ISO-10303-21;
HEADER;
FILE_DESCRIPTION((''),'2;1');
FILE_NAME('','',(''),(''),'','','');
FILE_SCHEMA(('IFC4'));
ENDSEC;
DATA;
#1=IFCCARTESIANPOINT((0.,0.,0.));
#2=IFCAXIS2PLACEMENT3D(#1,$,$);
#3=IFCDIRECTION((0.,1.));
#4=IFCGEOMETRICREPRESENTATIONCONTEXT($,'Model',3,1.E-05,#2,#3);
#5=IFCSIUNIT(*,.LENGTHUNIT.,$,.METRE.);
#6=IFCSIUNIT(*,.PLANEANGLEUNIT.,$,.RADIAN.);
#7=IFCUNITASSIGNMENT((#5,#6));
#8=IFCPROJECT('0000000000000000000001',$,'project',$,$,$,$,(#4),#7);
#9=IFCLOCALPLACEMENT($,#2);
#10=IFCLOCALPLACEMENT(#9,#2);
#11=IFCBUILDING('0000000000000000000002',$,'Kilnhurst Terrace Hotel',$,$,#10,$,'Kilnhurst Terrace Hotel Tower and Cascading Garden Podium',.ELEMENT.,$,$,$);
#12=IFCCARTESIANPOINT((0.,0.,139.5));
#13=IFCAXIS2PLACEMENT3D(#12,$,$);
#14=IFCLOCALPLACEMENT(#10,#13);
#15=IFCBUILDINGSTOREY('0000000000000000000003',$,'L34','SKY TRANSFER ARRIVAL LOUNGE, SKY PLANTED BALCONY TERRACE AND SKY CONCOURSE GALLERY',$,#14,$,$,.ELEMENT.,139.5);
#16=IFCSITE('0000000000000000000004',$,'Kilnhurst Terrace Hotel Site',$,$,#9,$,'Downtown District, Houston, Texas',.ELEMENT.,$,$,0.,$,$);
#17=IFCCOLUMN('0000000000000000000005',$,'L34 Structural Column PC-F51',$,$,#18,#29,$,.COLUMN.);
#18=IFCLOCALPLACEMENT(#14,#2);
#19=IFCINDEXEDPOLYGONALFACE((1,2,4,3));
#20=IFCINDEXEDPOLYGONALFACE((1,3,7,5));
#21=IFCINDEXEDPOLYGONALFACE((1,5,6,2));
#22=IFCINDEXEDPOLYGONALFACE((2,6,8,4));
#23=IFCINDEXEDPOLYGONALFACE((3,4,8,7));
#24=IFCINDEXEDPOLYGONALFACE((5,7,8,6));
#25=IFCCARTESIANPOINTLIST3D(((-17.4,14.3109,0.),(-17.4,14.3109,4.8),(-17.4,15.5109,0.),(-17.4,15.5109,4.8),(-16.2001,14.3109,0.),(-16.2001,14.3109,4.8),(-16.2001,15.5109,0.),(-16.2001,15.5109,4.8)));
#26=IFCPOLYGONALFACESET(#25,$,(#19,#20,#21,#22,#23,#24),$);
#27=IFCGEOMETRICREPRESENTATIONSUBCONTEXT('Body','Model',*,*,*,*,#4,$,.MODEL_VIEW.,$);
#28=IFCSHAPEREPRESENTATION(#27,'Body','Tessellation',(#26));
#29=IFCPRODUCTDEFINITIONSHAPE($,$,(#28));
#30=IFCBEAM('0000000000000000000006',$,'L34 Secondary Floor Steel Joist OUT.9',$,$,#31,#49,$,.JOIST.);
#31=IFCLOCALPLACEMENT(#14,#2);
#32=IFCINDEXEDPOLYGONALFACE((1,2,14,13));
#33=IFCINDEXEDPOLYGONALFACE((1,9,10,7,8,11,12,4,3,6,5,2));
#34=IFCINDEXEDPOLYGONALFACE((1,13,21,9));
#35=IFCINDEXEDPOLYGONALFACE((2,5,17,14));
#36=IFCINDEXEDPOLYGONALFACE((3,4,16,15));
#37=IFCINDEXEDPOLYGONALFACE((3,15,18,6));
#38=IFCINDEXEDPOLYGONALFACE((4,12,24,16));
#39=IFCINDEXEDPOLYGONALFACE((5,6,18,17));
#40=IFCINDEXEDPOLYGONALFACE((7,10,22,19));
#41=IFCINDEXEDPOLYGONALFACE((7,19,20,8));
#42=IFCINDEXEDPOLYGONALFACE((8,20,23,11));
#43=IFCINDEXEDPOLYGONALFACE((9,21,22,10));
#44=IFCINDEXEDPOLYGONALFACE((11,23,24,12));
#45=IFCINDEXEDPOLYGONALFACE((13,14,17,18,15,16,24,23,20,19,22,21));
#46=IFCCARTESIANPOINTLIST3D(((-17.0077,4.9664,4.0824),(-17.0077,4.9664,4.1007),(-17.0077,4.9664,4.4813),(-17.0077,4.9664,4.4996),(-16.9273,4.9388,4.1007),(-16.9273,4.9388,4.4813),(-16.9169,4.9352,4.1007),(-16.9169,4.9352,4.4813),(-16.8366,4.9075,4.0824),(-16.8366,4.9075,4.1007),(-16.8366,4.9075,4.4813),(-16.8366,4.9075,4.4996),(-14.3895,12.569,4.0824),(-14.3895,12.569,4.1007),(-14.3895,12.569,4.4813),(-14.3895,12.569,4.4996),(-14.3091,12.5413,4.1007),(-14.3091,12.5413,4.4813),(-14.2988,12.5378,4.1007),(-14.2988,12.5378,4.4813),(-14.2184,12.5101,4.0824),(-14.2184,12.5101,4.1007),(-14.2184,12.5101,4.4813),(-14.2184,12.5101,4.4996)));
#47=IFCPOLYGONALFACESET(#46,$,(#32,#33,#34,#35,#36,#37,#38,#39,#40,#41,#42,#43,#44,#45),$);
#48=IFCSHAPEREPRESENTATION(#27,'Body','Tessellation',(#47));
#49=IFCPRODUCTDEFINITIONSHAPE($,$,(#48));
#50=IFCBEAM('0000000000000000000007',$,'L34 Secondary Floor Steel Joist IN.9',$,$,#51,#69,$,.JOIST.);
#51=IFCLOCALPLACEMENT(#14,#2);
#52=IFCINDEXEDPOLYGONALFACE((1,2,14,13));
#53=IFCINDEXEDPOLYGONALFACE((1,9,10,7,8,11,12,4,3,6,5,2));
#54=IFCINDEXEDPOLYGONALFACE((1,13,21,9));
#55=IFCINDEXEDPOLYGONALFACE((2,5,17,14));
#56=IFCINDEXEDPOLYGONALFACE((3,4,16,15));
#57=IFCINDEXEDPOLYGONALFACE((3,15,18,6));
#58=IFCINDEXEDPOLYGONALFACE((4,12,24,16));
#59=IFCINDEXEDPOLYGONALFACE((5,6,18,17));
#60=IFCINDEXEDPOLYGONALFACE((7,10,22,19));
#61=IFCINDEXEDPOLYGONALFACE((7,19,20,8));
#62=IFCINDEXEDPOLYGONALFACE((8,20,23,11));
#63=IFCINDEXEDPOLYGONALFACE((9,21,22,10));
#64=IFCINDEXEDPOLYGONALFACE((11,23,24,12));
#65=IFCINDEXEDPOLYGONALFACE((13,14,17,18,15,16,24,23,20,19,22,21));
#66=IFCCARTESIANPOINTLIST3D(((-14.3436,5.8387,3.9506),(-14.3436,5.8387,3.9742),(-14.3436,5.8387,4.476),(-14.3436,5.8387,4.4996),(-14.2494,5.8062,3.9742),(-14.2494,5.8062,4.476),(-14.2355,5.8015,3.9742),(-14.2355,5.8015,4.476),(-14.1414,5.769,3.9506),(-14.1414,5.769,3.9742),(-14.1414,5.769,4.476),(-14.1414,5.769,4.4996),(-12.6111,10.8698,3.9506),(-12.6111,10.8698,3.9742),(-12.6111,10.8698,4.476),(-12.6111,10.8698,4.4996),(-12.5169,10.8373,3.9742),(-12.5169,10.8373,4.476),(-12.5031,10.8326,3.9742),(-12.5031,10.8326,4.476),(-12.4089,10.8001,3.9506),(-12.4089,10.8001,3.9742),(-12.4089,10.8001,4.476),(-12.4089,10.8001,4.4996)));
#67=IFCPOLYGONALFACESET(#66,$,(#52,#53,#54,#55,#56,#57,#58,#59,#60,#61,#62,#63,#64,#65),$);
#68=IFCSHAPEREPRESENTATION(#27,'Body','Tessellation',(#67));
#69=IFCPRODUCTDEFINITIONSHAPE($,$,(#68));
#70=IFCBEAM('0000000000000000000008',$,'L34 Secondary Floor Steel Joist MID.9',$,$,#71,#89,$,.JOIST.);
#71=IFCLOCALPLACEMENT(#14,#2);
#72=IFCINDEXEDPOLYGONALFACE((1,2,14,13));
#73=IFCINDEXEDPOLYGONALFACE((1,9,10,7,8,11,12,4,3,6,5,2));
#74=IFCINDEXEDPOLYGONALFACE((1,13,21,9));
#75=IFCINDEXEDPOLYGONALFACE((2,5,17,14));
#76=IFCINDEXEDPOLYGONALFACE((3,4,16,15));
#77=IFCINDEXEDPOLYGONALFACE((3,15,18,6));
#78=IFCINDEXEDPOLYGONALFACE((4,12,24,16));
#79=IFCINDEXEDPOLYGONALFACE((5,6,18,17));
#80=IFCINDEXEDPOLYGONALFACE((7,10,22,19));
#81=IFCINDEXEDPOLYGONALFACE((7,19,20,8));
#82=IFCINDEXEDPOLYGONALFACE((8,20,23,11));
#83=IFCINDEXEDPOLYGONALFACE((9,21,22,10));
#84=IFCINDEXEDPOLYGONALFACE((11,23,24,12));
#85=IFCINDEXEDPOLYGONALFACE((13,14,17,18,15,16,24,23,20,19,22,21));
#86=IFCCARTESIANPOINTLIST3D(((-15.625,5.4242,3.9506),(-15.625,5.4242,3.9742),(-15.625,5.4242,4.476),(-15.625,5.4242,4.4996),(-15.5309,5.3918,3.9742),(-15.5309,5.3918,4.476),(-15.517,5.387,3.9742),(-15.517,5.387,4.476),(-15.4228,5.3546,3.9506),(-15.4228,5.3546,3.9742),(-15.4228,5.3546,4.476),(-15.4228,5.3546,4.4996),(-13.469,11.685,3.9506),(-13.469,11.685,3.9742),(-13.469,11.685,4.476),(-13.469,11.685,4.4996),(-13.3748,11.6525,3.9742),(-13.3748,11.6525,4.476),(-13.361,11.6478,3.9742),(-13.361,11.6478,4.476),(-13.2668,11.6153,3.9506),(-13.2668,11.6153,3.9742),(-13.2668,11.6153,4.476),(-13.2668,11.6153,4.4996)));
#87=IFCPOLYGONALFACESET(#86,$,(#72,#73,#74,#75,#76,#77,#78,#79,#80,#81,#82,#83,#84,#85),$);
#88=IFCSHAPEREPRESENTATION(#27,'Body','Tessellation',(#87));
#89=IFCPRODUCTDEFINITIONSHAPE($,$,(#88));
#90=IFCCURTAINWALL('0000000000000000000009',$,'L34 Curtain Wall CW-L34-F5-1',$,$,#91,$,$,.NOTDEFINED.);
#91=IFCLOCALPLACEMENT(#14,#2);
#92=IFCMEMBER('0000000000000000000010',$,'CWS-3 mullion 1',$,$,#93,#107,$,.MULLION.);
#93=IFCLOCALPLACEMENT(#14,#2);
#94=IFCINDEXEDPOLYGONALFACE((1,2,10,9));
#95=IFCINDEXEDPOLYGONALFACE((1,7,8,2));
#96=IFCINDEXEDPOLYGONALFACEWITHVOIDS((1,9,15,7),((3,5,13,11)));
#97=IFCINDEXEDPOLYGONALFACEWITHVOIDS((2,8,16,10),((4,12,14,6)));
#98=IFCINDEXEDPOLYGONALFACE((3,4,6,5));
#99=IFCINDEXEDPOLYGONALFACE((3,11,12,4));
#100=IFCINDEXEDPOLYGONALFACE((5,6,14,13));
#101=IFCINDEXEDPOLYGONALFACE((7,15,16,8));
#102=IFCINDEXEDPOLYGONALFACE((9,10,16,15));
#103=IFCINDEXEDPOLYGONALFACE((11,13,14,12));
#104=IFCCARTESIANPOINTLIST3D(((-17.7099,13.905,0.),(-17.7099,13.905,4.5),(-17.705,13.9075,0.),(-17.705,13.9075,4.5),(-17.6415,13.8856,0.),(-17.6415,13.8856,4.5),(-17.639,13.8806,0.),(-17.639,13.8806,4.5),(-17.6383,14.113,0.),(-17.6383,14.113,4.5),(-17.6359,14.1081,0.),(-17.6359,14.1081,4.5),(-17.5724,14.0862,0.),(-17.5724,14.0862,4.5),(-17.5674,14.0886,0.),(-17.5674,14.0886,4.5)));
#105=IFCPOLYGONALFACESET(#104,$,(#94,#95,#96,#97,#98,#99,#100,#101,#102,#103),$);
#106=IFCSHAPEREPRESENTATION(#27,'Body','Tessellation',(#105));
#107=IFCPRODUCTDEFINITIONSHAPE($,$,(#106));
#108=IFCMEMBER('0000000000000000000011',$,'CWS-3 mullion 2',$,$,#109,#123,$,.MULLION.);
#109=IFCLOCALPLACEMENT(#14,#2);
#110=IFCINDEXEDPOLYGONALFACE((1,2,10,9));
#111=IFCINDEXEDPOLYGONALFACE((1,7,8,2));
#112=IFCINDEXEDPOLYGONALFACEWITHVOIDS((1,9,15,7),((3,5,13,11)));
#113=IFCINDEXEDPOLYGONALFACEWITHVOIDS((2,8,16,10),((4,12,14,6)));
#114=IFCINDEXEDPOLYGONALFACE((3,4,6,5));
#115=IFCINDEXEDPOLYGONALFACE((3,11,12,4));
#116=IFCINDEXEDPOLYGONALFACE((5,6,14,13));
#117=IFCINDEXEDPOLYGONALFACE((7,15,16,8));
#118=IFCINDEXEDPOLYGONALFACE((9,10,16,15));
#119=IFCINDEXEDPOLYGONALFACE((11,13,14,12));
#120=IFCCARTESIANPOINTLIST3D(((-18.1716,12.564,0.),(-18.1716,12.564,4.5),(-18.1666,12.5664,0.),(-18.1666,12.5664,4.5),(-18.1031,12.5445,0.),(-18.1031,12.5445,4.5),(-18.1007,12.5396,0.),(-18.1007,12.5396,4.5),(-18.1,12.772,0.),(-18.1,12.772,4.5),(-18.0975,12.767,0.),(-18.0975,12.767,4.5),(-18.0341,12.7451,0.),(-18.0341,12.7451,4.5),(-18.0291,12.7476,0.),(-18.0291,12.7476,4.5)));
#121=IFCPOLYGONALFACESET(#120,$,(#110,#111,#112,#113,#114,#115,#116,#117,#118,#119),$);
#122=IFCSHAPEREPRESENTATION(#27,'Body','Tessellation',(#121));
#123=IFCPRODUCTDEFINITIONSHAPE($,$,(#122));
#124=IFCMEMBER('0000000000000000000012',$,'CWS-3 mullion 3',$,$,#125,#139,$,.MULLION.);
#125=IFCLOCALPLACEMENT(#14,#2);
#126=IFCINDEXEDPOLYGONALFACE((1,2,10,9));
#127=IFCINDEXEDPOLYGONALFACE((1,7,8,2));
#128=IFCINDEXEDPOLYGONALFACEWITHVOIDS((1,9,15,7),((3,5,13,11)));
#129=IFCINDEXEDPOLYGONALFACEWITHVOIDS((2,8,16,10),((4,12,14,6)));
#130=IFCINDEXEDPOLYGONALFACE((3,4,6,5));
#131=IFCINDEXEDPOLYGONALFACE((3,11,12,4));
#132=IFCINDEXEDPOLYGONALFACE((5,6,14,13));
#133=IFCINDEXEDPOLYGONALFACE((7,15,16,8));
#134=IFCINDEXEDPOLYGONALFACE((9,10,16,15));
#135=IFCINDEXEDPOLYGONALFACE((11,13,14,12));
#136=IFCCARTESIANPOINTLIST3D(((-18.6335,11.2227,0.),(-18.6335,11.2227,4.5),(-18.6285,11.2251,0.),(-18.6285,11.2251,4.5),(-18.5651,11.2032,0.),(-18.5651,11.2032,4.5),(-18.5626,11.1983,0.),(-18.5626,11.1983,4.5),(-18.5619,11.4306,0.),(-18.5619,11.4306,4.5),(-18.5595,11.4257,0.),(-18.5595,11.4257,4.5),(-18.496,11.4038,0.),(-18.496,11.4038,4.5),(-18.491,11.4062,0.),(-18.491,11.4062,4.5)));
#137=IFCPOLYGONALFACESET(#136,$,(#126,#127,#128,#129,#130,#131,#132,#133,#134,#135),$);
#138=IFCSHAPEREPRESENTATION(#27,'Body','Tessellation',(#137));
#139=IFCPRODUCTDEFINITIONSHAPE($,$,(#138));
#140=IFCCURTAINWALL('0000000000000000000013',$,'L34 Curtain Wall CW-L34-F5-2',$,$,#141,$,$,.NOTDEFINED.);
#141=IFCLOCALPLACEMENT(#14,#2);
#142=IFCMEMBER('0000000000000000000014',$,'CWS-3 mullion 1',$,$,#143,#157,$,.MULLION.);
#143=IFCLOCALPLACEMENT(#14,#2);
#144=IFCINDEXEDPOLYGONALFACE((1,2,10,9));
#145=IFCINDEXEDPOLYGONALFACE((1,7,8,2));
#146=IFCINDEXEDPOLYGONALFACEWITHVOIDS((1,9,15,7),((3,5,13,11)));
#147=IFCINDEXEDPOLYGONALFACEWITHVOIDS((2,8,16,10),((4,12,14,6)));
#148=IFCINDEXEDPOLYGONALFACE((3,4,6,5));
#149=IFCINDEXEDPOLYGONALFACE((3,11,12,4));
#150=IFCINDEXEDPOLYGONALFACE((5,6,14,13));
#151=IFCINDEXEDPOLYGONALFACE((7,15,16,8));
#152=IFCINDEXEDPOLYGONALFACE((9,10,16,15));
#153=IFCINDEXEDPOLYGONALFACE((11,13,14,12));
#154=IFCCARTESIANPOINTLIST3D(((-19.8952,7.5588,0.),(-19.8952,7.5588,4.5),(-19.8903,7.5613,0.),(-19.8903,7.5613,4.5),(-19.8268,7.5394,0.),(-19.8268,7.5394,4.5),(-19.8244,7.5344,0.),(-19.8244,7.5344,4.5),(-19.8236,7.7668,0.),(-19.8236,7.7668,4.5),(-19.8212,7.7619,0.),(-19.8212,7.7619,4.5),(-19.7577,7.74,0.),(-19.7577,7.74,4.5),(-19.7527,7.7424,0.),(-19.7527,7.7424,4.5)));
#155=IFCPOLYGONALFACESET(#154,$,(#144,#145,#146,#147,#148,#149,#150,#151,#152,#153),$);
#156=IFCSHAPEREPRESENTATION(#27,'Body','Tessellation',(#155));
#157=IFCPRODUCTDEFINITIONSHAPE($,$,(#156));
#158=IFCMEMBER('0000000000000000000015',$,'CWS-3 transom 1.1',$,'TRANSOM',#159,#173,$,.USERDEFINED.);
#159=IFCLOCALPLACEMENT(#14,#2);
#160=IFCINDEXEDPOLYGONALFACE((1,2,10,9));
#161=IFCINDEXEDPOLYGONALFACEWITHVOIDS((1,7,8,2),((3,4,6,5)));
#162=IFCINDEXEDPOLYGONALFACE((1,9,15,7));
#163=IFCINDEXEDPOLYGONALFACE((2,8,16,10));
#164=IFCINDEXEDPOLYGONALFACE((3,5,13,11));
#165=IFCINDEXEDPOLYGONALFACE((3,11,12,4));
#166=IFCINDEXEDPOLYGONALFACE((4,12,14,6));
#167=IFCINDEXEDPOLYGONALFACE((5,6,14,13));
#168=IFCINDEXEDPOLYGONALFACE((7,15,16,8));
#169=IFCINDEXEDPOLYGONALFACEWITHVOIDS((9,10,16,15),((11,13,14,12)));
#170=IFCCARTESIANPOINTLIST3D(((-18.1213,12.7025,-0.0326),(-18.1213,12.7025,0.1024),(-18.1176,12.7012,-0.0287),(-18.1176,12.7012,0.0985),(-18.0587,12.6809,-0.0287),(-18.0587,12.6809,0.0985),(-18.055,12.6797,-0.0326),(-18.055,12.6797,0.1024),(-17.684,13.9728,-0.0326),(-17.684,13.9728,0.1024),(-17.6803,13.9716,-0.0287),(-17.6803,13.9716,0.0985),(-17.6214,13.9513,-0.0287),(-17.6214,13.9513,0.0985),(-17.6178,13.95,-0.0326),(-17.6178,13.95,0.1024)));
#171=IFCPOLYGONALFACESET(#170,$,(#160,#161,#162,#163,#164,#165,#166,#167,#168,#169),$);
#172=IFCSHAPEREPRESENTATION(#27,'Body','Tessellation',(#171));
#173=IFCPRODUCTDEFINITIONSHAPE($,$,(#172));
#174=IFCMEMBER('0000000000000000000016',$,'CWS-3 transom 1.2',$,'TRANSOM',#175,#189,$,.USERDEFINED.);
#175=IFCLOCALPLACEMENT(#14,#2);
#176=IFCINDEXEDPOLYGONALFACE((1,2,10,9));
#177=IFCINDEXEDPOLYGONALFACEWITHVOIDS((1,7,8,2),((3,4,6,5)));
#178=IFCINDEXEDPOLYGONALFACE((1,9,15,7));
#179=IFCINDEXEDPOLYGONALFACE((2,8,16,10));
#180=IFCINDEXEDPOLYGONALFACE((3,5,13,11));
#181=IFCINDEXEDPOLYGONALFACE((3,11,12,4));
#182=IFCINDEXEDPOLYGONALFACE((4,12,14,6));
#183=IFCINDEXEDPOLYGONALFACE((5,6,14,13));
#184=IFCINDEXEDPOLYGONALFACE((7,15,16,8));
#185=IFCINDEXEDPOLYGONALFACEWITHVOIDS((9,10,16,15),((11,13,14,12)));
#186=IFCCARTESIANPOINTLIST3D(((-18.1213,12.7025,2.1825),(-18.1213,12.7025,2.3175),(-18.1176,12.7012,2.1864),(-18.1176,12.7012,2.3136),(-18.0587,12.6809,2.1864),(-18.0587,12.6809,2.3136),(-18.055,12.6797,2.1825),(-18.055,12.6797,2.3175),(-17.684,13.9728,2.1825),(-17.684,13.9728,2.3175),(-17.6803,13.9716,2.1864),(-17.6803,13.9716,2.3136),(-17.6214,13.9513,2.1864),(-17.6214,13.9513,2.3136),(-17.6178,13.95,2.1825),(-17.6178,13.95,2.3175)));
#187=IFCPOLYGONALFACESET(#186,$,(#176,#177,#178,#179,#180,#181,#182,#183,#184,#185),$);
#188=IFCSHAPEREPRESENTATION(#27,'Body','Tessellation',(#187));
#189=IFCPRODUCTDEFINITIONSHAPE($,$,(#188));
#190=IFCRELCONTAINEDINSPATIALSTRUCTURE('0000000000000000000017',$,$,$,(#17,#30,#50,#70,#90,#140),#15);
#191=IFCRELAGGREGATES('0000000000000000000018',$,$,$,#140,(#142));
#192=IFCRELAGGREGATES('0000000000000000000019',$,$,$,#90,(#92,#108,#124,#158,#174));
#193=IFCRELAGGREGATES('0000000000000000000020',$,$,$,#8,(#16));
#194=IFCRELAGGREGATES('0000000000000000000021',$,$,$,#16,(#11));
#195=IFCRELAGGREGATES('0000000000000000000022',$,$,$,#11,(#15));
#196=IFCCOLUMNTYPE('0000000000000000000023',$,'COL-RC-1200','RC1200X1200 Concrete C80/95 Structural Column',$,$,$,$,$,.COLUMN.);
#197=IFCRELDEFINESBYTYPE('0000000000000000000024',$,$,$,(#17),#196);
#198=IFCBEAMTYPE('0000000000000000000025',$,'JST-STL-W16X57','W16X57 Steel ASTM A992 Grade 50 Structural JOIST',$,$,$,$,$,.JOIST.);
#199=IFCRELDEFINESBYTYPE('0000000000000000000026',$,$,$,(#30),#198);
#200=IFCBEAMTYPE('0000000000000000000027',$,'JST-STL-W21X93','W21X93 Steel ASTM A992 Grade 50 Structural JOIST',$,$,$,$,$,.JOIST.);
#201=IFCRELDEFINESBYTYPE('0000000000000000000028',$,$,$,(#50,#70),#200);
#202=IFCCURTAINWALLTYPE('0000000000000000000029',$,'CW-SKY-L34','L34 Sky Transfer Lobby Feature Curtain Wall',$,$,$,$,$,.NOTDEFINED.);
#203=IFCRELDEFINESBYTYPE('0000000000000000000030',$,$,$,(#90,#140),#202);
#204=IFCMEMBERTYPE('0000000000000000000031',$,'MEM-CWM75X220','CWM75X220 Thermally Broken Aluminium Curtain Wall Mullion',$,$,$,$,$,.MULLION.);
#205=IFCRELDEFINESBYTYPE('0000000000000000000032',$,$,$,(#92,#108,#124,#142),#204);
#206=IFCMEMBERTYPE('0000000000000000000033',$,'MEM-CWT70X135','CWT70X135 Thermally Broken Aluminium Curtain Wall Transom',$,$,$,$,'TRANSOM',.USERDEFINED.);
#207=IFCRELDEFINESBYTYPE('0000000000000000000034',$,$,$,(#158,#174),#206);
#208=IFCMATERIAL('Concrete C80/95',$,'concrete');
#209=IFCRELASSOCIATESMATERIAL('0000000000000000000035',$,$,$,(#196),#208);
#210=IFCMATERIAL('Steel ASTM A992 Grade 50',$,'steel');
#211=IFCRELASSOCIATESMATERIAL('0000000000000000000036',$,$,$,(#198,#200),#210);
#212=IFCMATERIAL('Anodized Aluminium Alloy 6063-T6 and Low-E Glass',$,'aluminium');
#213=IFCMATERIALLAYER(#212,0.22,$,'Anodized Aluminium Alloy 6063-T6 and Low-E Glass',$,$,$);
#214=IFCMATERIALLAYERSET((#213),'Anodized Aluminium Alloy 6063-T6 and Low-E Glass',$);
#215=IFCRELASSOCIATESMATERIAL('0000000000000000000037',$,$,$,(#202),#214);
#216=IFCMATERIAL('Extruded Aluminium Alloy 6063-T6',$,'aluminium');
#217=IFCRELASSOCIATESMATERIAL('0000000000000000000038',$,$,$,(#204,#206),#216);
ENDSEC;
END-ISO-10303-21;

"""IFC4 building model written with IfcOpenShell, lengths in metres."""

from ifc_helpers import new_model, si_unit, direction, frame, origin, origin_2d, place, context, subcontext, project, spatial, rectangle, hollow_rectangle, i_section, extrude, material, layer, layer_set, material_profile, profile_set, type_object, element, aggregate, save


model = new_model("IFC4")

# Units and contexts
model_context = context("Model", 3, precision=1e-05, world=origin(), true_north=direction((0.0, 1.0)))
body_context = subcontext(model_context, "Body", "Model", "MODEL_VIEW")
ifc_project = project(units=[si_unit("LENGTHUNIT", "METRE"), si_unit("PLANEANGLEUNIT", "RADIAN")], contexts=[model_context])

# Site, building, storey
site_placement = place(None, origin())
site = spatial("IfcSite", under=ifc_project, at=site_placement, Name="Kilnhurst Terrace Hotel Site", LongName="Downtown District, Houston, Texas", CompositionType="ELEMENT", RefElevation=0.0)
building_placement = place(site_placement, origin())
building = spatial("IfcBuilding", under=site, at=building_placement, Name="Kilnhurst Terrace Hotel", LongName="Kilnhurst Terrace Hotel Tower and Cascading Garden Podium", CompositionType="ELEMENT")
storey_placement = place(building_placement, frame((0.0, 0.0, 139.5)))
storey = spatial("IfcBuildingStorey", under=building, at=storey_placement, Name="L34", Description="SKY TRANSFER ARRIVAL LOUNGE, SKY PLANTED BALCONY TERRACE AND SKY CONCOURSE GALLERY", CompositionType="ELEMENT", Elevation=139.5)

# Column
ifc_material_1 = material(Name="Concrete C80/95", Category="concrete")
ifc_material_profile_1 = material_profile(ifc_material_1, rectangle(XDim=1.2, YDim=1.2, at=origin_2d()), Name="RC1200X1200")
ifc_profile_set_1 = profile_set([ifc_material_profile_1], Name="Concrete C80/95")
column_type = type_object("IfcColumnType", Name="COL-RC-1200", Description="RC1200X1200 Concrete C80/95 Structural Column", PredefinedType="COLUMN", material=ifc_profile_set_1)
column_placement = place(storey_placement, frame((-16.8, 14.9109, 0.0), z_axis=(0.0, 0.0, 1.0), x_axis=(1.0, 0.0, 0.0)))
element("IfcColumn", 1, at=column_placement, inside=storey, type_object=column_type, Name="L34 Structural Column PC-F51", PredefinedType="COLUMN", context=body_context, shape_type="SweptSolid", body=[
    extrude(rectangle(XDim=1.2, YDim=1.2, at=origin_2d()), origin(), (0.0, 0.0, 1.0), 4.8),
])

# Beams
ifc_material_2 = material(Name="Steel ASTM A992 Grade 50", Category="steel")
ifc_material_profile_2 = material_profile(ifc_material_2, i_section(OverallWidth=0.1809, OverallDepth=0.4172, WebThickness=0.011, FlangeThickness=0.0183, at=origin_2d()), Name="W16X57")
ifc_profile_set_2 = profile_set([ifc_material_profile_2], Name="Steel ASTM A992 Grade 50")
beam_type_1 = type_object("IfcBeamType", Name="JST-STL-W16X57", Description="W16X57 Steel ASTM A992 Grade 50 Structural JOIST", PredefinedType="JOIST", material=ifc_profile_set_2)
beam_1_placement = place(storey_placement, frame((-14.304, 12.5396, 4.291), z_axis=(-0.325613, -0.945503, 0.0), x_axis=(0.945503, -0.325613, 0.0)))
element("IfcBeam", 2, at=beam_1_placement, inside=storey, type_object=beam_type_1, Name="L34 Secondary Floor Steel Joist OUT.9", PredefinedType="JOIST", context=body_context, shape_type="SweptSolid", body=[
    extrude(i_section(OverallWidth=0.1809, OverallDepth=0.4172, WebThickness=0.011, FlangeThickness=0.0183, at=origin_2d()), origin(), (0.0, 0.0, 1.0), 8.0408),
])
ifc_material_profile_3 = material_profile(ifc_material_2, i_section(OverallWidth=0.2139, OverallDepth=0.5491, WebThickness=0.0146, FlangeThickness=0.0237, at=origin_2d()), Name="W21X93")
ifc_profile_set_3 = profile_set([ifc_material_profile_3], Name="Steel ASTM A992 Grade 50")
beam_type_2 = type_object("IfcBeamType", Name="JST-STL-W21X93", Description="W21X93 Steel ASTM A992 Grade 50 Structural JOIST", PredefinedType="JOIST", material=ifc_profile_set_3)
beam_2_placement = place(storey_placement, frame((-12.51, 10.835, 4.2251), z_axis=(-0.325586, -0.945512, 0.0), x_axis=(0.945512, -0.325586, 0.0)))
element("IfcBeam", 3, at=beam_2_placement, inside=storey, type_object=beam_type_2, Name="L34 Secondary Floor Steel Joist IN.9", PredefinedType="JOIST", context=body_context, shape_type="SweptSolid", body=[
    extrude(i_section(OverallWidth=0.2139, OverallDepth=0.5491, WebThickness=0.0146, FlangeThickness=0.0237, at=origin_2d()), origin(), (0.0, 0.0, 1.0), 5.321),
])
beam_3_placement = place(storey_placement, frame((-13.3679, 11.6501, 4.2251), z_axis=(-0.325603, -0.945507, 0.0), x_axis=(0.945507, -0.325603, 0.0)))
element("IfcBeam", 4, at=beam_3_placement, inside=storey, type_object=beam_type_2, Name="L34 Secondary Floor Steel Joist MID.9", PredefinedType="JOIST", context=body_context, shape_type="SweptSolid", body=[
    extrude(i_section(OverallWidth=0.2139, OverallDepth=0.5491, WebThickness=0.0146, FlangeThickness=0.0237, at=origin_2d()), origin(), (0.0, 0.0, 1.0), 6.6216),
])

# Curtain wall, members
ifc_material_3 = material(Name="Anodized Aluminium Alloy 6063-T6 and Low-E Glass", Category="aluminium")
ifc_layer_1 = layer(ifc_material_3, 0.22, Name="Anodized Aluminium Alloy 6063-T6 and Low-E Glass")
ifc_layer_set_1 = layer_set([ifc_layer_1], Name="Anodized Aluminium Alloy 6063-T6 and Low-E Glass")
curtain_wall_type = type_object("IfcCurtainWallType", Name="CW-SKY-L34", Description="L34 Sky Transfer Lobby Feature Curtain Wall", PredefinedType="NOTDEFINED", material=ifc_layer_set_1)
curtain_wall_1_placement = place(storey_placement, origin())
curtain_wall_1 = element("IfcCurtainWall", 5, at=curtain_wall_1_placement, inside=storey, type_object=curtain_wall_type, Name="L34 Curtain Wall CW-L34-F5-1", PredefinedType="NOTDEFINED")
ifc_material_4 = material(Name="Extruded Aluminium Alloy 6063-T6", Category="aluminium")
ifc_material_profile_4 = material_profile(ifc_material_4, hollow_rectangle(XDim=0.075, YDim=0.22, WallThickness=0.0039, at=origin_2d()), Name="CWM75X220")
ifc_profile_set_4 = profile_set([ifc_material_profile_4], Name="Extruded Aluminium Alloy 6063-T6")
member_type_1 = type_object("IfcMemberType", Name="MEM-CWM75X220", Description="CWM75X220 Thermally Broken Aluminium Curtain Wall Mullion", PredefinedType="MULLION", material=ifc_profile_set_4)
member_1_placement = place(storey_placement, frame((-17.6387, 13.9968, 0.0), z_axis=(0.0, 0.0, 1.0), x_axis=(0.945512, -0.325587, 0.0)))
member_1 = element("IfcMember", 6, at=member_1_placement, type_object=member_type_1, Name="CWS-3 mullion 1", PredefinedType="MULLION", context=body_context, shape_type="SweptSolid", body=[
    extrude(hollow_rectangle(XDim=0.075, YDim=0.22, WallThickness=0.0039, at=origin_2d()), origin(), (0.0, 0.0, 1.0), 4.5),
])
member_2_placement = place(storey_placement, frame((-18.1003, 12.6558, 0.0), z_axis=(0.0, 0.0, 1.0), x_axis=(0.945512, -0.325587, 0.0)))
member_2 = element("IfcMember", 7, at=member_2_placement, type_object=member_type_1, Name="CWS-3 mullion 2", PredefinedType="MULLION", context=body_context, shape_type="SweptSolid", body=[
    extrude(hollow_rectangle(XDim=0.075, YDim=0.22, WallThickness=0.0039, at=origin_2d()), origin(), (0.0, 0.0, 1.0), 4.5),
])
member_3_placement = place(storey_placement, frame((-18.5623, 11.3145, 0.0), z_axis=(0.0, 0.0, 1.0), x_axis=(0.945512, -0.325587, 0.0)))
member_3 = element("IfcMember", 8, at=member_3_placement, type_object=member_type_1, Name="CWS-3 mullion 3", PredefinedType="MULLION", context=body_context, shape_type="SweptSolid", body=[
    extrude(hollow_rectangle(XDim=0.075, YDim=0.22, WallThickness=0.0039, at=origin_2d()), origin(), (0.0, 0.0, 1.0), 4.5),
])

# Curtain wall, member
curtain_wall_2_placement = place(storey_placement, origin())
curtain_wall_2 = element("IfcCurtainWall", 9, at=curtain_wall_2_placement, inside=storey, type_object=curtain_wall_type, Name="L34 Curtain Wall CW-L34-F5-2", PredefinedType="NOTDEFINED")
member_4_placement = place(storey_placement, frame((-19.824, 7.6506, 0.0), z_axis=(0.0, 0.0, 1.0), x_axis=(0.945512, -0.325587, 0.0)))
member_4 = element("IfcMember", 10, at=member_4_placement, type_object=member_type_1, Name="CWS-3 mullion 1", PredefinedType="MULLION", context=body_context, shape_type="SweptSolid", body=[
    extrude(hollow_rectangle(XDim=0.075, YDim=0.22, WallThickness=0.0039, at=origin_2d()), origin(), (0.0, 0.0, 1.0), 4.5),
])
aggregate(curtain_wall_2, [member_4])

# Members
ifc_material_profile_5 = material_profile(ifc_material_4, hollow_rectangle(XDim=0.0701, YDim=0.135, WallThickness=0.0039, at=origin_2d()), Name="CWT70X135")
ifc_profile_set_5 = profile_set([ifc_material_profile_5], Name="Extruded Aluminium Alloy 6063-T6")
member_type_2 = type_object("IfcMemberType", Name="MEM-CWT70X135", Description="CWT70X135 Thermally Broken Aluminium Curtain Wall Transom", ElementType="TRANSOM", PredefinedType="USERDEFINED", material=ifc_profile_set_5)
member_5_placement = place(storey_placement, frame((-17.6509, 13.9614, 0.0349), z_axis=(-0.325481, -0.945549, 0.0), x_axis=(0.945549, -0.325481, 0.0)))
member_5 = element("IfcMember", 11, at=member_5_placement, type_object=member_type_2, Name="CWS-3 transom 1.1", ObjectType="TRANSOM", PredefinedType="USERDEFINED", context=body_context, shape_type="SweptSolid", body=[
    extrude(hollow_rectangle(XDim=0.0701, YDim=0.135, WallThickness=0.0039, at=origin_2d()), origin(), (0.0, 0.0, 1.0), 1.3435),
])
member_6_placement = place(storey_placement, frame((-17.6509, 13.9614, 2.25), z_axis=(-0.325481, -0.945549, 0.0), x_axis=(0.945549, -0.325481, 0.0)))
member_6 = element("IfcMember", 12, at=member_6_placement, type_object=member_type_2, Name="CWS-3 transom 1.2", ObjectType="TRANSOM", PredefinedType="USERDEFINED", context=body_context, shape_type="SweptSolid", body=[
    extrude(hollow_rectangle(XDim=0.0701, YDim=0.135, WallThickness=0.0039, at=origin_2d()), origin(), (0.0, 0.0, 1.0), 1.3435),
])

aggregate(curtain_wall_1, [member_1, member_2, member_3, member_5, member_6])

save(model, "model.ifc")
